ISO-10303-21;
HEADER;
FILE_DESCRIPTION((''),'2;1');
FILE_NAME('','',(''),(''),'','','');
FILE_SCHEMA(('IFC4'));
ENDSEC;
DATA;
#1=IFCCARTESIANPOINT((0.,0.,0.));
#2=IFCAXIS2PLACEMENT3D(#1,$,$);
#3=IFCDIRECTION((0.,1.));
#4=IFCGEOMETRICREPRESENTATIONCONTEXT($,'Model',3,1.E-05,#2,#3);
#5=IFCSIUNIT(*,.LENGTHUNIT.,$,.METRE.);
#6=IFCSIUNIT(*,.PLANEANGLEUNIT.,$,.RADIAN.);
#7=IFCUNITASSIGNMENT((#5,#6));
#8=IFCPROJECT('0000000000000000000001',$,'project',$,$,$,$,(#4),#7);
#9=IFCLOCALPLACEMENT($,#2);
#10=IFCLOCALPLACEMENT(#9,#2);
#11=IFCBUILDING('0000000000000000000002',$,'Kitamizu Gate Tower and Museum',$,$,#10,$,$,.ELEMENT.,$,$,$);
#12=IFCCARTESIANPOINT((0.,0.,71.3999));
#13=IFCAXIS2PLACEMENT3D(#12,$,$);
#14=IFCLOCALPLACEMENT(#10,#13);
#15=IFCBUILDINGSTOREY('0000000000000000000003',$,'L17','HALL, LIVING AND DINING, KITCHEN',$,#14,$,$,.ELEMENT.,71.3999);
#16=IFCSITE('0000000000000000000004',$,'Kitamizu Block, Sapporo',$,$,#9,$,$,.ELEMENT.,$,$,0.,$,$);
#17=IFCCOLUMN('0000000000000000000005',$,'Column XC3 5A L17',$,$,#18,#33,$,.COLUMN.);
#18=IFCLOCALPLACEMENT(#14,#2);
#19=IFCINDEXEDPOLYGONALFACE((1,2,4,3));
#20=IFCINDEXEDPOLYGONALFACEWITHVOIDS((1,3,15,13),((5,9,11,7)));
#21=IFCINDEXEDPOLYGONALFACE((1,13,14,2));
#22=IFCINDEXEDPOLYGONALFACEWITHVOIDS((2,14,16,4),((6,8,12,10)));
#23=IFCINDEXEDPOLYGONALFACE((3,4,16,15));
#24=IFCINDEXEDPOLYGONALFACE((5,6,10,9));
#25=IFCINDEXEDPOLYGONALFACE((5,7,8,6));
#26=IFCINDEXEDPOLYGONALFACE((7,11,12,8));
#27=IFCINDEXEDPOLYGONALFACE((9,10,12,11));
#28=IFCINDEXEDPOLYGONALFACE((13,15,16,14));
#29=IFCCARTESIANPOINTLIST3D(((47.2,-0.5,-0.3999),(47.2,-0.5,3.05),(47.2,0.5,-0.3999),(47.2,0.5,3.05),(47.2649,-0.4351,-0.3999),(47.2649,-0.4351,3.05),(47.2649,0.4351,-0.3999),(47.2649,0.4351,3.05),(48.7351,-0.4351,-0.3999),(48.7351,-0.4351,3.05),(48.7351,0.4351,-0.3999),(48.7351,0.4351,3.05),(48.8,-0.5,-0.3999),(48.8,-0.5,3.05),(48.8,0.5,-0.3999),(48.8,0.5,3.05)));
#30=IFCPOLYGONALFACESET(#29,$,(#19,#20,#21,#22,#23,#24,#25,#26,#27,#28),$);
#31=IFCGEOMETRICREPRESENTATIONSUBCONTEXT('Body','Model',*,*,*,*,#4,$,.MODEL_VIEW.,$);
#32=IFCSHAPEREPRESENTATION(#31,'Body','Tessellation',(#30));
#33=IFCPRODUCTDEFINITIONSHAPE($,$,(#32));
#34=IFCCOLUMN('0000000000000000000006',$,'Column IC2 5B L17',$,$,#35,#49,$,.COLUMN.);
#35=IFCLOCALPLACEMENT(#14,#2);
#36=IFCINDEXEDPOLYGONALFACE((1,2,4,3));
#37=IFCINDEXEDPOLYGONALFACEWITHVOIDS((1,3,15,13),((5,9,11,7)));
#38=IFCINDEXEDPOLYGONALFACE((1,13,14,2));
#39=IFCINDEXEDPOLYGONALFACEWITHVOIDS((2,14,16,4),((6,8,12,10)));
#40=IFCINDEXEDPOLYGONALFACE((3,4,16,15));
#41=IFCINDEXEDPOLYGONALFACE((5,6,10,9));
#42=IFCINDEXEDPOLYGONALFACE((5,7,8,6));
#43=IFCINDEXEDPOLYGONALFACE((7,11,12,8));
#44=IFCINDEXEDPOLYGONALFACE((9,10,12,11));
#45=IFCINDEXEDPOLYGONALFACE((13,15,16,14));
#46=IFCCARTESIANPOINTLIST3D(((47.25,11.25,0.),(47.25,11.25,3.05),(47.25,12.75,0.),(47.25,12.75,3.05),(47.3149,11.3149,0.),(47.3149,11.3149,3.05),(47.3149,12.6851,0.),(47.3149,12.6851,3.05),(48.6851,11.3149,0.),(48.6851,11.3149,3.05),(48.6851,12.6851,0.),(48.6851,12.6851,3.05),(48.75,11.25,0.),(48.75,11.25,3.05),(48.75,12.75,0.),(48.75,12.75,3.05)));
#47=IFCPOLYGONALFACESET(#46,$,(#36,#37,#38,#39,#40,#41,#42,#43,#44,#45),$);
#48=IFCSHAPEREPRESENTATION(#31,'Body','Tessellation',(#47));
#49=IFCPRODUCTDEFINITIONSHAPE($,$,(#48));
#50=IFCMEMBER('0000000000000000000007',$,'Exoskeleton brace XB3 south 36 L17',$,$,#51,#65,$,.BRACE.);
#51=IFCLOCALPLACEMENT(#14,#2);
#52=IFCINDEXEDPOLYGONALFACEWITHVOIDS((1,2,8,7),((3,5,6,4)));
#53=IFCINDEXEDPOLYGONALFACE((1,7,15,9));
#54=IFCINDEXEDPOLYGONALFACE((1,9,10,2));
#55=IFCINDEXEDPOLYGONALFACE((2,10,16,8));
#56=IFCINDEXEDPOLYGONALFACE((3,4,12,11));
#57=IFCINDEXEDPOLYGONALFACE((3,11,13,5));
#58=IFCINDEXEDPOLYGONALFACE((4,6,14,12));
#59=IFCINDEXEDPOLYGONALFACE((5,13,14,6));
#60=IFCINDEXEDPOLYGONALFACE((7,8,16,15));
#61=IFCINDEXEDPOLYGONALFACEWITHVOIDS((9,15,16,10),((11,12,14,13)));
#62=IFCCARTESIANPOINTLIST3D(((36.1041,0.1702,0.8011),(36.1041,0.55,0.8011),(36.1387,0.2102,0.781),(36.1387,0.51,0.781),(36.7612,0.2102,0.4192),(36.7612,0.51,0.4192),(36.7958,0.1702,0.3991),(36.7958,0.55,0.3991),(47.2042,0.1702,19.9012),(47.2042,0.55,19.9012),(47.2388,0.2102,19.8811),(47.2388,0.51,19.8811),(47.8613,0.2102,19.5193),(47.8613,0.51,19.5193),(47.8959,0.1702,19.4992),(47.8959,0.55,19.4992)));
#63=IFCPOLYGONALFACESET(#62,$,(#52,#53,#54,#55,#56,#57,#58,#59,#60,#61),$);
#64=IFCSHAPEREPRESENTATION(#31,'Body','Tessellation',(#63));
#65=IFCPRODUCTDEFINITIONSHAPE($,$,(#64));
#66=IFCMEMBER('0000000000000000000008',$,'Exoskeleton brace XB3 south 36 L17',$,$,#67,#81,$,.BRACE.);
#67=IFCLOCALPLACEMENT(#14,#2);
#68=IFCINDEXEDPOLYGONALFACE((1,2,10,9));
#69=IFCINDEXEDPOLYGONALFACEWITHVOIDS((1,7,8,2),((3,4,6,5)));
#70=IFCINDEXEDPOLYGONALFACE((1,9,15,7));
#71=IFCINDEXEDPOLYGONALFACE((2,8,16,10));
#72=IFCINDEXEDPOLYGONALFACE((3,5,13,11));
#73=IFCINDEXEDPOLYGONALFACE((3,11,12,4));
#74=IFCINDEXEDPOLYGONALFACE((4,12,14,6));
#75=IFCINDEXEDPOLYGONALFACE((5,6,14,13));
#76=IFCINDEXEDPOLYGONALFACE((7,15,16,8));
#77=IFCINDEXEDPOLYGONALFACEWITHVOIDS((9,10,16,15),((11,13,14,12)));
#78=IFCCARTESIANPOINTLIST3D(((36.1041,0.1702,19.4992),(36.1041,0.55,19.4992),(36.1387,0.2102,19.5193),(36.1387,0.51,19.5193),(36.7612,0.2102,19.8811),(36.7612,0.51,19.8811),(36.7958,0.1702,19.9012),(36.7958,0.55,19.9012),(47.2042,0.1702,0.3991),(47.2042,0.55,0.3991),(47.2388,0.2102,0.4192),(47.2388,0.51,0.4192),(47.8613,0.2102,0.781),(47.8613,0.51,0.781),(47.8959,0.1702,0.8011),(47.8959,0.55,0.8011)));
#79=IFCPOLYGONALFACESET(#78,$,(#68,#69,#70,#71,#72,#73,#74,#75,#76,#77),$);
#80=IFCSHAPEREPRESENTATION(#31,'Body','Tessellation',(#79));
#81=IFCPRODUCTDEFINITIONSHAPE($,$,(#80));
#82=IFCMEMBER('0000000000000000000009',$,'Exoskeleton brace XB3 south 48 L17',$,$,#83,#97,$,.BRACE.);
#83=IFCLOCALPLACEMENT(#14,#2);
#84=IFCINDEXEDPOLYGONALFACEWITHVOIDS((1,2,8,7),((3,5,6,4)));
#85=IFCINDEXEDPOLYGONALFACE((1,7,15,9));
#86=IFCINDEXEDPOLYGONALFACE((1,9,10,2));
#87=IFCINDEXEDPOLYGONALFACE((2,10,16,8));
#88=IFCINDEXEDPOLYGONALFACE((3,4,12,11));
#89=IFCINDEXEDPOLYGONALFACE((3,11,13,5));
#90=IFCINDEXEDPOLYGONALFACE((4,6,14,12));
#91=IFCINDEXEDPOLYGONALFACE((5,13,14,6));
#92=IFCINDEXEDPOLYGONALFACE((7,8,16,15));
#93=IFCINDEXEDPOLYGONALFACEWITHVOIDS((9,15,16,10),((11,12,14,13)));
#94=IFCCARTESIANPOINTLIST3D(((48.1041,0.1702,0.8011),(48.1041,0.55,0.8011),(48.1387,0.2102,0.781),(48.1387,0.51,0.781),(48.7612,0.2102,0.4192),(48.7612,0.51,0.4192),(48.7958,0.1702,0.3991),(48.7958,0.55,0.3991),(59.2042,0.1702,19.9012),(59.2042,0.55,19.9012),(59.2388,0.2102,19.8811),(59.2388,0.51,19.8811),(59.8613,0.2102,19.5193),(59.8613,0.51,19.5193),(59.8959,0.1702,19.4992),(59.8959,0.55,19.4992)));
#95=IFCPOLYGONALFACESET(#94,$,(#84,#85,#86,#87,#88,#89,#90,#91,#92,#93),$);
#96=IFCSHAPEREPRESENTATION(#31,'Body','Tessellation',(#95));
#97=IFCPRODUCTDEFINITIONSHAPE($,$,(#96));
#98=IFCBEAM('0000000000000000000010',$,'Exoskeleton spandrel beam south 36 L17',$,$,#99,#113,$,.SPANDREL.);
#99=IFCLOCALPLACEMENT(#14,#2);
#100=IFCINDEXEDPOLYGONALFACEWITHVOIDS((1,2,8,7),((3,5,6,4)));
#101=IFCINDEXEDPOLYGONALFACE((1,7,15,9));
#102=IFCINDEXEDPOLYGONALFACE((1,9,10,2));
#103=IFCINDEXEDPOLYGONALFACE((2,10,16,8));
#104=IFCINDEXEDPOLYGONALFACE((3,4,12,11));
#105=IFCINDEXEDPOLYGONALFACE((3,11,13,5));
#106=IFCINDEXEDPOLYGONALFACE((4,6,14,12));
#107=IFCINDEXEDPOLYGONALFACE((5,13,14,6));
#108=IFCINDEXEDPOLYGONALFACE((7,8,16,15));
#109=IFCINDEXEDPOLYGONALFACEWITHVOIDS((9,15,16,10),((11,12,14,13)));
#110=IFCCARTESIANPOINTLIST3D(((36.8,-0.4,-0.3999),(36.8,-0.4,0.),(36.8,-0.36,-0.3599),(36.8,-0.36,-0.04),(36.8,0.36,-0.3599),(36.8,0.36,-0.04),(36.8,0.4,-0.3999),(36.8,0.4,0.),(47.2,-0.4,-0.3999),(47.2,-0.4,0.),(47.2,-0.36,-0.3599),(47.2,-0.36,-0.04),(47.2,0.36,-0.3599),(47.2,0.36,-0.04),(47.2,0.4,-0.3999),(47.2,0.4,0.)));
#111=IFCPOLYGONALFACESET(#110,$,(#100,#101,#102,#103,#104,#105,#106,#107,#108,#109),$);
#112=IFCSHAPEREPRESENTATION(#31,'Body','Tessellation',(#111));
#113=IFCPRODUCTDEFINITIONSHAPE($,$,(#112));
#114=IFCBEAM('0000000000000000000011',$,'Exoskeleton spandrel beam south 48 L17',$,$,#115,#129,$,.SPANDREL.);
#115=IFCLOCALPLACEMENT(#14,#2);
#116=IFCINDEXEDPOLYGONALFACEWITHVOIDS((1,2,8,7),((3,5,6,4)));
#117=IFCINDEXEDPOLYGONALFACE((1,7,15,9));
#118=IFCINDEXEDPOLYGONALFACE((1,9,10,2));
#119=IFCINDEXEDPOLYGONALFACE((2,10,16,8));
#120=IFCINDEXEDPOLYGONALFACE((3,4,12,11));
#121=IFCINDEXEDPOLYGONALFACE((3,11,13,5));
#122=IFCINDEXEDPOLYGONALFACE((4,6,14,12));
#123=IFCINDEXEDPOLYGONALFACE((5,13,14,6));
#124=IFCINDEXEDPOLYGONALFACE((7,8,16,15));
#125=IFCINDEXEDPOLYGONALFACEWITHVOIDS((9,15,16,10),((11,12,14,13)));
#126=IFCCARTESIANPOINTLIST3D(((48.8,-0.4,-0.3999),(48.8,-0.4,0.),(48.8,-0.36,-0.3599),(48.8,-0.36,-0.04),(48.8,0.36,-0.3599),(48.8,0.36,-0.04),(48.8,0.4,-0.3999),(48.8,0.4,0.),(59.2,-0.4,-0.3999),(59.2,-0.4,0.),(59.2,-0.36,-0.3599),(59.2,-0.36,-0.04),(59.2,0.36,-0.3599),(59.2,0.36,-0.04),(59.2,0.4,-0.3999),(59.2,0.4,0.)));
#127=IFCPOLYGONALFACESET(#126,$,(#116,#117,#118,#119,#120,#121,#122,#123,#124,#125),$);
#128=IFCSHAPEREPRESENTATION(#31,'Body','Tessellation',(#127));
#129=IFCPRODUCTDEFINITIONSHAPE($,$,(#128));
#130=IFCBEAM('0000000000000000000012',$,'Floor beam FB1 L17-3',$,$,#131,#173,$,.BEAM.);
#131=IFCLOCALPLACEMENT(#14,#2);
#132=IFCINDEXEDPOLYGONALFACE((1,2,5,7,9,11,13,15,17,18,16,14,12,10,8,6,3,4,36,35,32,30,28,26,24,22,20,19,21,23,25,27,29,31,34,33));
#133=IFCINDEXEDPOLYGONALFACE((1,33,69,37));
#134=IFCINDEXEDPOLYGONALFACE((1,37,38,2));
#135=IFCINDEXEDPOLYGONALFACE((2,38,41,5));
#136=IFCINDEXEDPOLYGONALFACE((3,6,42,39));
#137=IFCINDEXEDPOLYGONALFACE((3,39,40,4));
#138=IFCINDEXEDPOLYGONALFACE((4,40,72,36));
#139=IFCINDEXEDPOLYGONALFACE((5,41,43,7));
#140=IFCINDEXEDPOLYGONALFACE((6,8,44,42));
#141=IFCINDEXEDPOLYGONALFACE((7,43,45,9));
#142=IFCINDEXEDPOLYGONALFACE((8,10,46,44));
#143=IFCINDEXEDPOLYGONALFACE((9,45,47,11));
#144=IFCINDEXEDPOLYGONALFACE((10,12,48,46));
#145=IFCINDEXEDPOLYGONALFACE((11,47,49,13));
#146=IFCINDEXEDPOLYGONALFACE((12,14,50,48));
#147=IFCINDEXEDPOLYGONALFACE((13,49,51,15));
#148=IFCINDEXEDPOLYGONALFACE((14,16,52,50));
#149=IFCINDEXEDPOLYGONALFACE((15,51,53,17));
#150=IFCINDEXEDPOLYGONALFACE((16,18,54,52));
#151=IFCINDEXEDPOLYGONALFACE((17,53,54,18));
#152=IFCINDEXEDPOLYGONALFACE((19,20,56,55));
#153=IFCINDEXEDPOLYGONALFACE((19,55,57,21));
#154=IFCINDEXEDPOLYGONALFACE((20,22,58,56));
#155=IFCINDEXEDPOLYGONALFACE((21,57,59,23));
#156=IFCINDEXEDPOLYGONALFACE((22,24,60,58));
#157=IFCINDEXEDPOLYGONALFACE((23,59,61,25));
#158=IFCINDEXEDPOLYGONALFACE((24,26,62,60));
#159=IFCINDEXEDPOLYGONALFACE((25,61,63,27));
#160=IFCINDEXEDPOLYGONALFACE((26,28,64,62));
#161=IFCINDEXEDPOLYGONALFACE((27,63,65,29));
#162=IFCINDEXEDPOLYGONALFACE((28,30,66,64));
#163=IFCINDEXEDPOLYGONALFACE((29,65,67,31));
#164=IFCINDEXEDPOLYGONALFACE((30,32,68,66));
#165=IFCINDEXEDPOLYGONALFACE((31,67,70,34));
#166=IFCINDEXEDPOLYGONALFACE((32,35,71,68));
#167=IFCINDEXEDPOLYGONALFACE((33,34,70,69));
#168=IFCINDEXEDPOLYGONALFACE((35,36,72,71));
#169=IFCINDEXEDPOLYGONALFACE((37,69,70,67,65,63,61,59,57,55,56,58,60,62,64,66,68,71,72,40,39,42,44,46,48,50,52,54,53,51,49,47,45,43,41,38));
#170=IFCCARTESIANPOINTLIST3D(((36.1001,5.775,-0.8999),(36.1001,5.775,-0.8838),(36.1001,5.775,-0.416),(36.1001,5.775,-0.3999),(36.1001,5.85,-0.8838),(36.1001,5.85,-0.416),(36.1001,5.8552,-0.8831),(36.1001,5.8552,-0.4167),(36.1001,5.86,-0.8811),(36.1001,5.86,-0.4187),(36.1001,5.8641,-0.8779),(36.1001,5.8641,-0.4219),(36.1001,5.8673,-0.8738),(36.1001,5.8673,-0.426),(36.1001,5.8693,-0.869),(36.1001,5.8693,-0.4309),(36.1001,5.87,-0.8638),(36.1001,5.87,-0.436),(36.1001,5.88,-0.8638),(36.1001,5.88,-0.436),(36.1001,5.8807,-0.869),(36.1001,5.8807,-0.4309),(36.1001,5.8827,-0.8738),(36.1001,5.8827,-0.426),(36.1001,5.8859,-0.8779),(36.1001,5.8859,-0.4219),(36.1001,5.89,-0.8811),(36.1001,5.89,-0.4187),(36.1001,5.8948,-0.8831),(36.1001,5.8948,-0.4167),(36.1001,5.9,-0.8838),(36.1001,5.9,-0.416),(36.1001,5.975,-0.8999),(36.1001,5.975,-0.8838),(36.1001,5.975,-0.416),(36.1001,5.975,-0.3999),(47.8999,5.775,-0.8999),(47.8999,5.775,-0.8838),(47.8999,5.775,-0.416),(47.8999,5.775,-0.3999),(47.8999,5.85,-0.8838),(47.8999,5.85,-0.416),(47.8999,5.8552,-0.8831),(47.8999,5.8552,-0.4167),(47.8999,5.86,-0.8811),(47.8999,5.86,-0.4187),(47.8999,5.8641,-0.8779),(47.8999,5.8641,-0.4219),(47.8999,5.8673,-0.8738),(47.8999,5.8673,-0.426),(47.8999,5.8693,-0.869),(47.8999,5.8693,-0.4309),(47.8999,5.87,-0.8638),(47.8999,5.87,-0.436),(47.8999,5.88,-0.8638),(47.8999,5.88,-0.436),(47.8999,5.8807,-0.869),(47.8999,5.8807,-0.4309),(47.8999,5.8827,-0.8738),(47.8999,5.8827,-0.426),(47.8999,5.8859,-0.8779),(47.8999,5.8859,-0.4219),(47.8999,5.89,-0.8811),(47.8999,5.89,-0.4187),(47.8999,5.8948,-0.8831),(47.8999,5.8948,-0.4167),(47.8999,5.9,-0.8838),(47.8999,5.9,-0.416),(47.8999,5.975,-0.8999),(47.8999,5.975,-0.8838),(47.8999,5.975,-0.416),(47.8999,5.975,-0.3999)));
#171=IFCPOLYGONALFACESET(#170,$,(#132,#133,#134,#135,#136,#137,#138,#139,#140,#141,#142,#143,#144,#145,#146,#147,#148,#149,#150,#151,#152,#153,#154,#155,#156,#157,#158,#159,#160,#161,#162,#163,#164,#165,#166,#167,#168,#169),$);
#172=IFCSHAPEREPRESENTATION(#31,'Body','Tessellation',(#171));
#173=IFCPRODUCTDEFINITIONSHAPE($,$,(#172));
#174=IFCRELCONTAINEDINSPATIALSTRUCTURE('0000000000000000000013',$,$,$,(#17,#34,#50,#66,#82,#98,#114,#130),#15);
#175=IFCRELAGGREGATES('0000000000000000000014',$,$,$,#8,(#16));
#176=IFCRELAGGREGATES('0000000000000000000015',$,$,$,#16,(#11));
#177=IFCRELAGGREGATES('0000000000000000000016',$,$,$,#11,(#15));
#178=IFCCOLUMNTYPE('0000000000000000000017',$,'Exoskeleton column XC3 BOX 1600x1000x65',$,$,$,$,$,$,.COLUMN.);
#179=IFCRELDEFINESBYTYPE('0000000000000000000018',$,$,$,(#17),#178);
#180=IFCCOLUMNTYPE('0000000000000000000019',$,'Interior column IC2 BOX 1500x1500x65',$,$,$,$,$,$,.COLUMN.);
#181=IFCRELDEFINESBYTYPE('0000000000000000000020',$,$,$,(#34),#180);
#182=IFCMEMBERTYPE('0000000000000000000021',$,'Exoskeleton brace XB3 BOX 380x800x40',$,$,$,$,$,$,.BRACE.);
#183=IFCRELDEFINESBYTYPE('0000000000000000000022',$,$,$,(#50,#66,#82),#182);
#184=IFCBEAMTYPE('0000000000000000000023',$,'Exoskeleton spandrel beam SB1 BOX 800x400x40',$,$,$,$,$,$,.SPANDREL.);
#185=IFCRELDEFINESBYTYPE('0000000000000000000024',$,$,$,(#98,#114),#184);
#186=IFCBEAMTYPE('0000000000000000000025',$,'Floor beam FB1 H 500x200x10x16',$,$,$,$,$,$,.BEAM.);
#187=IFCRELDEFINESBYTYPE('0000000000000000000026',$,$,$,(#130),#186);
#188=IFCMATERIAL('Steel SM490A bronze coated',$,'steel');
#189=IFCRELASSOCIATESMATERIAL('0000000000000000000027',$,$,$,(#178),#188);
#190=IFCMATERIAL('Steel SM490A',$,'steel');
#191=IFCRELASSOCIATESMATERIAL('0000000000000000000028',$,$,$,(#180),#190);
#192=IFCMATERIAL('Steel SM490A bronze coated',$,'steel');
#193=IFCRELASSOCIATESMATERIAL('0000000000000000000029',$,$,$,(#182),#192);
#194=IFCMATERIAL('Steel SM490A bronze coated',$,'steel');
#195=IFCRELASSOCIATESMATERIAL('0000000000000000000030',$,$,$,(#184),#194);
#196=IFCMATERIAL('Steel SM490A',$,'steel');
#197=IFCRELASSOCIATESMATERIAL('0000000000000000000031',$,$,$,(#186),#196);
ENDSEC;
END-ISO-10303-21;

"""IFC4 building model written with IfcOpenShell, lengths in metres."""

from ifc_helpers import new_model, si_unit, direction, frame, origin, origin_2d, place, context, subcontext, project, spatial, hollow_rectangle, i_section, extrude, material, material_profile, profile_set, type_object, element, save


model = new_model("IFC4")

# Units and contexts
model_context = context("Model", 3, precision=1e-05, world=origin(), true_north=direction((0.0, 1.0)))
body_context = subcontext(model_context, "Body", "Model", "MODEL_VIEW")
ifc_project = project(units=[si_unit("LENGTHUNIT", "METRE"), si_unit("PLANEANGLEUNIT", "RADIAN")], contexts=[model_context])

# Site, building, storey
site_placement = place(None, origin())
site = spatial("IfcSite", under=ifc_project, at=site_placement, Name="Kitamizu Block, Sapporo", CompositionType="ELEMENT", RefElevation=0.0)
building_placement = place(site_placement, origin())
building = spatial("IfcBuilding", under=site, at=building_placement, Name="Kitamizu Gate Tower and Museum", CompositionType="ELEMENT")
storey_placement = place(building_placement, frame((0.0, 0.0, 71.3999)))
storey = spatial("IfcBuildingStorey", under=building, at=storey_placement, Name="L17", Description="HALL, LIVING AND DINING, KITCHEN", CompositionType="ELEMENT", Elevation=71.3999)

# Columns
ifc_material_1 = material(Name="Steel SM490A bronze coated", Category="steel")
ifc_material_profile_1 = material_profile(ifc_material_1, hollow_rectangle(XDim=1.6001, YDim=1.0, WallThickness=0.0649, at=origin_2d()), Name="BOX 1600x1000x65")
ifc_profile_set_1 = profile_set([ifc_material_profile_1], Name="Steel SM490A bronze coated")
column_type_1 = type_object("IfcColumnType", Name="Exoskeleton column XC3 BOX 1600x1000x65", PredefinedType="COLUMN", material=ifc_profile_set_1)
column_1_placement = place(storey_placement, frame((48.0, 0.0, -0.3999), z_axis=(0.0, 0.0, 1.0), x_axis=(1.0, 0.0, 0.0)))
element("IfcColumn", 1, at=column_1_placement, inside=storey, type_object=column_type_1, Name="Column XC3 5A L17", PredefinedType="COLUMN", context=body_context, shape_type="SweptSolid", body=[
    extrude(hollow_rectangle(XDim=1.6001, YDim=1.0, WallThickness=0.0649, at=origin_2d()), origin(), (0.0, 0.0, 1.0), 3.45),
])
ifc_material_2 = material(Name="Steel SM490A", Category="steel")
ifc_material_profile_2 = material_profile(ifc_material_2, hollow_rectangle(XDim=1.5, YDim=1.5, WallThickness=0.0649, at=origin_2d()), Name="BOX 1500x1500x65")
ifc_profile_set_2 = profile_set([ifc_material_profile_2], Name="Steel SM490A")
column_type_2 = type_object("IfcColumnType", Name="Interior column IC2 BOX 1500x1500x65", PredefinedType="COLUMN", material=ifc_profile_set_2)
column_2_placement = place(storey_placement, frame((48.0, 12.0, 0.0), z_axis=(0.0, 0.0, 1.0), x_axis=(1.0, 0.0, 0.0)))
element("IfcColumn", 2, at=column_2_placement, inside=storey, type_object=column_type_2, Name="Column IC2 5B L17", PredefinedType="COLUMN", context=body_context, shape_type="SweptSolid", body=[
    extrude(hollow_rectangle(XDim=1.5, YDim=1.5, WallThickness=0.0649, at=origin_2d()), origin(), (0.0, 0.0, 1.0), 3.05),
])

# Members
ifc_material_3 = material(Name="Steel SM490A bronze coated", Category="steel")
ifc_material_profile_3 = material_profile(ifc_material_3, hollow_rectangle(XDim=0.3799, YDim=0.8, WallThickness=0.04, at=origin_2d()), Name="BOX 380x800x40")
ifc_profile_set_3 = profile_set([ifc_material_profile_3], Name="Steel SM490A bronze coated")
member_type = type_object("IfcMemberType", Name="Exoskeleton brace XB3 BOX 380x800x40", PredefinedType="BRACE", material=ifc_profile_set_3)
for number, where, z_axis, x_axis, name in (
    (3, (36.45, 0.3601, 0.6001), (0.502464, 0.0, 0.864598), (0.0, 1.0, 0.0), "Exoskeleton brace XB3 south 36 L17"),
    (4, (47.55, 0.3601, 0.6001), (-0.502464, 0.0, 0.864598), (0.0, -1.0, 0.0), "Exoskeleton brace XB3 south 36 L17"),
    (5, (48.45, 0.3601, 0.6001), (0.502464, 0.0, 0.864598), (0.0, 1.0, 0.0), "Exoskeleton brace XB3 south 48 L17"),
):
    element("IfcMember", number, at=place(storey_placement, frame(where, z_axis=z_axis, x_axis=x_axis)), inside=storey, type_object=member_type, Name=name, PredefinedType="BRACE", context=body_context, shape_type="SweptSolid", body=[
        extrude(hollow_rectangle(XDim=0.3799, YDim=0.8, WallThickness=0.04, at=origin_2d()), origin(), (0.0, 0.0, 1.0), 22.0913),
    ])

# Beams
ifc_material_4 = material(Name="Steel SM490A bronze coated", Category="steel")
ifc_material_profile_4 = material_profile(ifc_material_4, hollow_rectangle(XDim=0.8, YDim=0.3999, WallThickness=0.04, at=origin_2d()), Name="BOX 800x400x40")
ifc_profile_set_4 = profile_set([ifc_material_profile_4], Name="Steel SM490A bronze coated")
beam_type_1 = type_object("IfcBeamType", Name="Exoskeleton spandrel beam SB1 BOX 800x400x40", PredefinedType="SPANDREL", material=ifc_profile_set_4)
for number, where, z_axis, x_axis, name in (
    (6, (36.8, 0.0, -0.2), (1.0, 0.0, 0.0), (0.0, 1.0, 0.0), "Exoskeleton spandrel beam south 36 L17"),
    (7, (48.8, 0.0, -0.2), (1.0, 0.0, 0.0), (0.0, 1.0, 0.0), "Exoskeleton spandrel beam south 48 L17"),
):
    element("IfcBeam", number, at=place(storey_placement, frame(where, z_axis=z_axis, x_axis=x_axis)), inside=storey, type_object=beam_type_1, Name=name, PredefinedType="SPANDREL", context=body_context, shape_type="SweptSolid", body=[
        extrude(hollow_rectangle(XDim=0.8, YDim=0.3999, WallThickness=0.04, at=origin_2d()), origin(), (0.0, 0.0, 1.0), 10.3999),
    ])
ifc_material_5 = material(Name="Steel SM490A", Category="steel")
ifc_material_profile_5 = material_profile(ifc_material_5, i_section(OverallWidth=0.2, OverallDepth=0.5, WebThickness=0.01, FlangeThickness=0.0161, FilletRadius=0.02, at=origin_2d()), Name="H-500x200x10x16")
ifc_profile_set_5 = profile_set([ifc_material_profile_5], Name="Steel SM490A")
beam_type_2 = type_object("IfcBeamType", Name="Floor beam FB1 H 500x200x10x16", PredefinedType="BEAM", material=ifc_profile_set_5)
for number, where, z_axis, x_axis, name in (
    (8, (36.1001, 5.875, -0.6499), (1.0, 0.0, 0.0), (0.0, 1.0, 0.0), "Floor beam FB1 L17-3"),
):
    element("IfcBeam", number, at=place(storey_placement, frame(where, z_axis=z_axis, x_axis=x_axis)), inside=storey, type_object=beam_type_2, Name=name, PredefinedType="BEAM", context=body_context, shape_type="SweptSolid", body=[
        extrude(i_section(OverallWidth=0.2, OverallDepth=0.5, WebThickness=0.01, FlangeThickness=0.0161, FilletRadius=0.02, at=origin_2d()), origin(), (0.0, 0.0, 1.0), 11.7998),
    ])

save(model, "model.ifc")
